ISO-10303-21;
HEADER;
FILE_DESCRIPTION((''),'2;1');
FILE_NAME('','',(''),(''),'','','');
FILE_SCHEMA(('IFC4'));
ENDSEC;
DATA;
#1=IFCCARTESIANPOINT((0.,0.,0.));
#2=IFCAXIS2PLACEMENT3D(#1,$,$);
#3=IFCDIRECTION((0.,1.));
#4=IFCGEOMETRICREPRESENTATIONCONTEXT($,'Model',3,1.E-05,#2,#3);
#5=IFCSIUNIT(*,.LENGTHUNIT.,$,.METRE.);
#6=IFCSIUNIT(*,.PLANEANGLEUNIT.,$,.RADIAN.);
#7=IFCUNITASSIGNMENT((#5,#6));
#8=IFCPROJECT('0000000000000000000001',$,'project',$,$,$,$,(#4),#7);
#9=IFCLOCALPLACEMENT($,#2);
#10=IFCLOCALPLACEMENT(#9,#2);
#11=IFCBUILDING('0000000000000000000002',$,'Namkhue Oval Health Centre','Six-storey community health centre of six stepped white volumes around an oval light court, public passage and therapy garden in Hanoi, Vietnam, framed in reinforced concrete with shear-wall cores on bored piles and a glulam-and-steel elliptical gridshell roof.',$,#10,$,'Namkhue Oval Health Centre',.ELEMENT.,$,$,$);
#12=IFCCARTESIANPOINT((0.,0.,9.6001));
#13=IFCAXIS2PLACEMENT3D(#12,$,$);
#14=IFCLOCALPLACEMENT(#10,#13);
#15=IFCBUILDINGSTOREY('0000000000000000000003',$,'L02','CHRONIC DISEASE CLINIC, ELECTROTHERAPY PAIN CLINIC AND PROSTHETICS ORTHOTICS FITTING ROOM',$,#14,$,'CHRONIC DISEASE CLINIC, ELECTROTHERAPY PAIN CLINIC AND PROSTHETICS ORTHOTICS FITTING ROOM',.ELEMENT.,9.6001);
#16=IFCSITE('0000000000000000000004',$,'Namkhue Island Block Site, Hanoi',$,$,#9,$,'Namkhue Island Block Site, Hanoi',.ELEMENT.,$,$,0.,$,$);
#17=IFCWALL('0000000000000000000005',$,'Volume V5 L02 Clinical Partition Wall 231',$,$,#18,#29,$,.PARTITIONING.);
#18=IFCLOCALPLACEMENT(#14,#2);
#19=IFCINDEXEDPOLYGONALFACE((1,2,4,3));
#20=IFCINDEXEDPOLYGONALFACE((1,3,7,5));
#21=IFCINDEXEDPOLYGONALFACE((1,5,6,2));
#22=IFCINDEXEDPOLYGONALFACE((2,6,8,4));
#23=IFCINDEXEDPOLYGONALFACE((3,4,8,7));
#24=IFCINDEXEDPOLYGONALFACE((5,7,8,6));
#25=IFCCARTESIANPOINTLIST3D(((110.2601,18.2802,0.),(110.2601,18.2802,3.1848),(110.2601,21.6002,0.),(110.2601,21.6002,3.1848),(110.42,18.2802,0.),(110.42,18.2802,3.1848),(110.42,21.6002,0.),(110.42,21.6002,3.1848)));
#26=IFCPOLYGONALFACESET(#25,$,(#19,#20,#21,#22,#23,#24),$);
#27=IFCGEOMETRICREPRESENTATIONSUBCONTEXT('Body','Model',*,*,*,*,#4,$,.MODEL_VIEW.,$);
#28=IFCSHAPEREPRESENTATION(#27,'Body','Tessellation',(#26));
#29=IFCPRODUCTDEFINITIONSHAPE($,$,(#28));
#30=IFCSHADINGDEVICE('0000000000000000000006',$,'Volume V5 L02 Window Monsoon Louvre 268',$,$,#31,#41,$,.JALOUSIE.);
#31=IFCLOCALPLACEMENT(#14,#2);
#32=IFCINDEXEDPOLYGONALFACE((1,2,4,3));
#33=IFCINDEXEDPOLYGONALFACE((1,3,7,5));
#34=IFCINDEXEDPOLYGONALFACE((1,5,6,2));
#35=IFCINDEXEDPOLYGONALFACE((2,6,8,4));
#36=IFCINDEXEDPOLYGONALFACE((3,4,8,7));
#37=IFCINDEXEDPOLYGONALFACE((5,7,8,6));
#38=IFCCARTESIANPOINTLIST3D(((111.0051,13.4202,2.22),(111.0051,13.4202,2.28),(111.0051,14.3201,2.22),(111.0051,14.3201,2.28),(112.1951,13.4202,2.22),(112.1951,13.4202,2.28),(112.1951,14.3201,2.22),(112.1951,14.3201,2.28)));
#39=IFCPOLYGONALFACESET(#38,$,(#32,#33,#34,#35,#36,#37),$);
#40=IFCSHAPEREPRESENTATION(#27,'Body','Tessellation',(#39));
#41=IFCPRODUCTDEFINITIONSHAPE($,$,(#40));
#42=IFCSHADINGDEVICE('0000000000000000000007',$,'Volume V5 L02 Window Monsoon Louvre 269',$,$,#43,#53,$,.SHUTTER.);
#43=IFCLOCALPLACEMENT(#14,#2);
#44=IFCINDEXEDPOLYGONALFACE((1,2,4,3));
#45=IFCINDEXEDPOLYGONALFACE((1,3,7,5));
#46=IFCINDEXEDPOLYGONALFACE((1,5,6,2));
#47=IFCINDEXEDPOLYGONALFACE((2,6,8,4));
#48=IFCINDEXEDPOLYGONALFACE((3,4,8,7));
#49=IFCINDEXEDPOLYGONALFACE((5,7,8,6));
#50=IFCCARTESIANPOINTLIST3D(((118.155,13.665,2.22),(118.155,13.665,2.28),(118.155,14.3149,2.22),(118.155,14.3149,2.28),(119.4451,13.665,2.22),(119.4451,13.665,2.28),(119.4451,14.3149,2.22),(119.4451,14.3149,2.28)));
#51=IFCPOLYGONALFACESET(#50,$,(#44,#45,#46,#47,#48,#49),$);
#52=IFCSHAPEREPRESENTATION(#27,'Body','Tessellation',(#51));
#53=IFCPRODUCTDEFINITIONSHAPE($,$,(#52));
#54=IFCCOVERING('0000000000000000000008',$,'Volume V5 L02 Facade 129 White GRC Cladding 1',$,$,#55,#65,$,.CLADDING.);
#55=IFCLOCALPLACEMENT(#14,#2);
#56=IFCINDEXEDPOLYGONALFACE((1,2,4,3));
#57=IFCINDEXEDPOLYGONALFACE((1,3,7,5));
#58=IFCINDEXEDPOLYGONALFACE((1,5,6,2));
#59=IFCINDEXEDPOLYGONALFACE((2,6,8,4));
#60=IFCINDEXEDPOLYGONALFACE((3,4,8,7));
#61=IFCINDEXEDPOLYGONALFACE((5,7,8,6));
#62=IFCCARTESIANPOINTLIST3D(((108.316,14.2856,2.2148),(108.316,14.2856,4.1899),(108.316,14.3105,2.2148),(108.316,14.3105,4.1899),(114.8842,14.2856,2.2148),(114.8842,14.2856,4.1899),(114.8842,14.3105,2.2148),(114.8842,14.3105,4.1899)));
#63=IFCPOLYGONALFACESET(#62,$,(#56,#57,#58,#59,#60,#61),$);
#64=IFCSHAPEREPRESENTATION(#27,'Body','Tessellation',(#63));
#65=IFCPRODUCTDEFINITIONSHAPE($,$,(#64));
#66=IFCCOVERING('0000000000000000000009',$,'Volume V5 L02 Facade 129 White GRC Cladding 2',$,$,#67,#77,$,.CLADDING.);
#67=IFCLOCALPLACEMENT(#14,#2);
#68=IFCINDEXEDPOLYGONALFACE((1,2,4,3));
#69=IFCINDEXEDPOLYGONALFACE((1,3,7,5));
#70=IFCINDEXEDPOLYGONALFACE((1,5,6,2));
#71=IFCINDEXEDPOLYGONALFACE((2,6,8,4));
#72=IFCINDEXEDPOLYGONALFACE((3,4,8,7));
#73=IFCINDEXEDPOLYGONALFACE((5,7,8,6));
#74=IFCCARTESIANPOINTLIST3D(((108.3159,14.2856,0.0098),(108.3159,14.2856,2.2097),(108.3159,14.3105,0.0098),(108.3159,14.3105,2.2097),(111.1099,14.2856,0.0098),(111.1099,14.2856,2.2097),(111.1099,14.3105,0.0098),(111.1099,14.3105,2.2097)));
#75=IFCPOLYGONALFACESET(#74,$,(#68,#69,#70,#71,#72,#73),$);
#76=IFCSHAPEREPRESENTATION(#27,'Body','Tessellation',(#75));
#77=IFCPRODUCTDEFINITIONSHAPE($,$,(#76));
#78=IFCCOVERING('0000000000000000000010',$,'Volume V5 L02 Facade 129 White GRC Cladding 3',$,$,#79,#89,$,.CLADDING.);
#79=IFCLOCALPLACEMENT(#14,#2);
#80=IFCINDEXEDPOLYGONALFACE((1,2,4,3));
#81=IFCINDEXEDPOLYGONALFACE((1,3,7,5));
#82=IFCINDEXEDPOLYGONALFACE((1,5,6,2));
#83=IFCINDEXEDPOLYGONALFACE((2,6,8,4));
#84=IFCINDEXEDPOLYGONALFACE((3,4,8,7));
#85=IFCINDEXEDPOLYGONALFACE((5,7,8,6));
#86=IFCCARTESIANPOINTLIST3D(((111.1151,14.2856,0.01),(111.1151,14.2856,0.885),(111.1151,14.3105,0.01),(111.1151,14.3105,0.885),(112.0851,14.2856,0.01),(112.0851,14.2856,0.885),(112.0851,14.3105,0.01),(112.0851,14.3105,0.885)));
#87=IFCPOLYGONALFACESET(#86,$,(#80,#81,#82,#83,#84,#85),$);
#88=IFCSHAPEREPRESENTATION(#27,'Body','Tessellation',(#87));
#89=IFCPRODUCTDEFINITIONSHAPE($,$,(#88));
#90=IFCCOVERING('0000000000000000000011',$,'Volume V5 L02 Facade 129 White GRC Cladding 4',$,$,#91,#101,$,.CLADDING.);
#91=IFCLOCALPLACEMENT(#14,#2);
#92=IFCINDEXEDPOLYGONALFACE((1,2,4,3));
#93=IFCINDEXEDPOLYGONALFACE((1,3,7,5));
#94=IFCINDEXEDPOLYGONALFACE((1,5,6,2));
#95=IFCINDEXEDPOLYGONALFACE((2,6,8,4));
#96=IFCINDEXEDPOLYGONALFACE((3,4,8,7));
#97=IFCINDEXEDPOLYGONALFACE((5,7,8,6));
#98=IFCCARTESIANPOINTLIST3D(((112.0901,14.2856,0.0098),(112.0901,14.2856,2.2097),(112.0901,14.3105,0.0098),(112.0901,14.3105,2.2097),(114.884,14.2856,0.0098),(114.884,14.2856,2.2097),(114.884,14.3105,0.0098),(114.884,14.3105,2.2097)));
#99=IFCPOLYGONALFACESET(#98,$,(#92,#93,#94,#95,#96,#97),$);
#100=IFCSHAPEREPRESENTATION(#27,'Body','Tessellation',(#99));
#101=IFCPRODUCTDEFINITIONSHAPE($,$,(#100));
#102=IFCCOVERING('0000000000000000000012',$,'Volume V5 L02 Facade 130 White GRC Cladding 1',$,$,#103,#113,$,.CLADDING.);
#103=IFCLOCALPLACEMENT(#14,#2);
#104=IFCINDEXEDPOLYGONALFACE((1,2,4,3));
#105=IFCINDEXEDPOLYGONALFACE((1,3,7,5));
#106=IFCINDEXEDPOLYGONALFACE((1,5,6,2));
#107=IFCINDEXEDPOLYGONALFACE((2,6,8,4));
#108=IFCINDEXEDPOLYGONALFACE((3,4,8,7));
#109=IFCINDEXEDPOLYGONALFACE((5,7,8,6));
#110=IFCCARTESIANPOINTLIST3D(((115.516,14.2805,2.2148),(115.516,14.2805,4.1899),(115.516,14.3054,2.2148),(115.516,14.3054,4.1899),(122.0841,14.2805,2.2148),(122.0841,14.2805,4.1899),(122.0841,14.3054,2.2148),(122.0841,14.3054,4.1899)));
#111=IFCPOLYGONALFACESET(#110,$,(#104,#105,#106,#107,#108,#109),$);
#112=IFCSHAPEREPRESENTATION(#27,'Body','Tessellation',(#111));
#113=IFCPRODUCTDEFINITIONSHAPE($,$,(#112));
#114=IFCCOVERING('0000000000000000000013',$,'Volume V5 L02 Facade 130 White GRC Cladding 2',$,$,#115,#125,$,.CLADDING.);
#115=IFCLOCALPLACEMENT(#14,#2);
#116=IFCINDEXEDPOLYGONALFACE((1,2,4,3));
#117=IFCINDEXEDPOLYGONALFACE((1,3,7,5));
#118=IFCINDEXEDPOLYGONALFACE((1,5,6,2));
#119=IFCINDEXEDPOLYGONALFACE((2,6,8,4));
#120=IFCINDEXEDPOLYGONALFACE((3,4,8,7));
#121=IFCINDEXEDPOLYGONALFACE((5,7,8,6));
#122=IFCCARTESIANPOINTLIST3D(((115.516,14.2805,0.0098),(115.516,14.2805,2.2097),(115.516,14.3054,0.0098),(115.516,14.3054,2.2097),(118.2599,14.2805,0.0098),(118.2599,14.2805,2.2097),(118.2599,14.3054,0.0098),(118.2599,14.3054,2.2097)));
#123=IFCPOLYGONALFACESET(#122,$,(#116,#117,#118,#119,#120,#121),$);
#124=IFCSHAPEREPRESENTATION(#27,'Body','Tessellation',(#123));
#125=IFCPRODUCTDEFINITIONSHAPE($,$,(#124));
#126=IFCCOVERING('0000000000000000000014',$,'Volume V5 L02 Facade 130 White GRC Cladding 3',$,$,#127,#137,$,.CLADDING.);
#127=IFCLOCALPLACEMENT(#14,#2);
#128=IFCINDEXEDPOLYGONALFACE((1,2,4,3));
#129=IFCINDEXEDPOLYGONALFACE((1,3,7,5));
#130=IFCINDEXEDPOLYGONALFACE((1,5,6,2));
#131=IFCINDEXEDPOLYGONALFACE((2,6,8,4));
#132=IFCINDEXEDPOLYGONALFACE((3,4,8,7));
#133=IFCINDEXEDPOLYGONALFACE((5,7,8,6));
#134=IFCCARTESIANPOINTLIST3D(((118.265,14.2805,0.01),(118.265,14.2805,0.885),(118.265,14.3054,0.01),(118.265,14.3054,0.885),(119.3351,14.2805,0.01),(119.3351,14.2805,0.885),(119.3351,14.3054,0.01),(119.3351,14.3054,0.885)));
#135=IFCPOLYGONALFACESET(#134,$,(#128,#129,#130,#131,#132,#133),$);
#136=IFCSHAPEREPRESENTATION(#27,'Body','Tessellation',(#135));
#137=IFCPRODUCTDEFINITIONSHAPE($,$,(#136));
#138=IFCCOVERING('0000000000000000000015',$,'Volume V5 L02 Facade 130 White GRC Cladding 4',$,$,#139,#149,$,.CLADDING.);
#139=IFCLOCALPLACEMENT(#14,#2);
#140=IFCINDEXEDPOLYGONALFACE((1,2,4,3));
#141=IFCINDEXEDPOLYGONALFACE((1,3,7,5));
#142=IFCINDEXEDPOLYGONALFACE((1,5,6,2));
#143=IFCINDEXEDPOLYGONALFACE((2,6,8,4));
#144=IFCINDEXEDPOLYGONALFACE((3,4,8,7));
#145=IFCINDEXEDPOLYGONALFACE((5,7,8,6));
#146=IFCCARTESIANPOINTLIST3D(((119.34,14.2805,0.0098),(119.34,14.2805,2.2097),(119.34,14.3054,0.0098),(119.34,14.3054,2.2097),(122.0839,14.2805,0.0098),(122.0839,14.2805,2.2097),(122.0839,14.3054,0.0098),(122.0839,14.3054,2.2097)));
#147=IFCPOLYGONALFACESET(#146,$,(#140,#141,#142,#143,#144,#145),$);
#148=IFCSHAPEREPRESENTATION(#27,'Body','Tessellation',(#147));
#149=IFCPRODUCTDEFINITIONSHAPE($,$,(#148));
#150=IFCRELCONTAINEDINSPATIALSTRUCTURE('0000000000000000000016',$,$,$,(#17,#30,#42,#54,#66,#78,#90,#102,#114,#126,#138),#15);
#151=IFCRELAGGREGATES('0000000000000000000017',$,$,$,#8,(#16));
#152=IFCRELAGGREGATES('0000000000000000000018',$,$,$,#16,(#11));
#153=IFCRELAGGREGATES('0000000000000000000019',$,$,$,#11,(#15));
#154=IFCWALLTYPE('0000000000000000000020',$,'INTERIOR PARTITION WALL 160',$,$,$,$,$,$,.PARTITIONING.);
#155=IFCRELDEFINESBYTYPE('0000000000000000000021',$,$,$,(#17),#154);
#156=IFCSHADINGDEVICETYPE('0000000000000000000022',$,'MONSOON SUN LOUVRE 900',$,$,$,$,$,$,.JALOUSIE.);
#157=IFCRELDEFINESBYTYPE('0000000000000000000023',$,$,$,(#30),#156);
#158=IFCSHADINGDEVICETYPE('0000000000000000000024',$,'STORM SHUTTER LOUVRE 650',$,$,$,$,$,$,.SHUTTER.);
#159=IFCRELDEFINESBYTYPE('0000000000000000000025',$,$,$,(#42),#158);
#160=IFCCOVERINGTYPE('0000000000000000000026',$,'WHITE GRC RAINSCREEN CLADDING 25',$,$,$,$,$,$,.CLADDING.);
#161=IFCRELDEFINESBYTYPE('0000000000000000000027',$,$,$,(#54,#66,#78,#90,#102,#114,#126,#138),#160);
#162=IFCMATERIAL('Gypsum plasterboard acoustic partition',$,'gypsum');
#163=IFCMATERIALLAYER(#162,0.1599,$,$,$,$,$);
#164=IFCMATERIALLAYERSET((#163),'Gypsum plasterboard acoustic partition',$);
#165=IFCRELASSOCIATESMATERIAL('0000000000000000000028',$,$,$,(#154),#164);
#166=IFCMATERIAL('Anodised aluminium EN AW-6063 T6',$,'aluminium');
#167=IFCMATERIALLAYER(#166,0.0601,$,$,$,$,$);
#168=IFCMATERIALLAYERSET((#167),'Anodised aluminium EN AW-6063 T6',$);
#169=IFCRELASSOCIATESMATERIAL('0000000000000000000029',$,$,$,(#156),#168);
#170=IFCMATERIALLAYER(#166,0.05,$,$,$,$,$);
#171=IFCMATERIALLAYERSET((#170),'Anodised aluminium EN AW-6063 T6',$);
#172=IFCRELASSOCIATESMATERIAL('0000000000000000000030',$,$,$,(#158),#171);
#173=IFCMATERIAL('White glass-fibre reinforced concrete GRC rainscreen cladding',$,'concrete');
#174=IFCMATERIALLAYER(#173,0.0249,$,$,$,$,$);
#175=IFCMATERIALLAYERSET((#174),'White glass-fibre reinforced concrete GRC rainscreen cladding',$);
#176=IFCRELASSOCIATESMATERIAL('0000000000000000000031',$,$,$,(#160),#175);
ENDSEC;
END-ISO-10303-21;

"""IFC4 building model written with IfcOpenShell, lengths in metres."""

from ifc_helpers import new_model, si_unit, direction, frame, frame_2d, origin, origin_2d, place, context, subcontext, project, spatial, rectangle, extrude, material, layer, layer_set, type_object, element, save


model = new_model("IFC4")

# Units and contexts
model_context = context("Model", 3, precision=1e-05, world=origin(), true_north=direction((0.0, 1.0)))
body_context = subcontext(model_context, "Body", "Model", "MODEL_VIEW")
ifc_project = project(units=[si_unit("LENGTHUNIT", "METRE"), si_unit("PLANEANGLEUNIT", "RADIAN")], contexts=[model_context])

# Site, building, storey
site_placement = place(None, origin())
site = spatial("IfcSite", under=ifc_project, at=site_placement, Name="Namkhue Island Block Site, Hanoi", LongName="Namkhue Island Block Site, Hanoi", CompositionType="ELEMENT", RefElevation=0.0)
building_placement = place(site_placement, origin())
building = spatial("IfcBuilding", under=site, at=building_placement, Name="Namkhue Oval Health Centre", Description="Six-storey community health centre of six stepped white volumes around an oval light court, public passage and therapy garden in Hanoi, Vietnam, framed in reinforced concrete with shear-wall cores on bored piles and a glulam-and-steel elliptical gridshell roof.", LongName="Namkhue Oval Health Centre", CompositionType="ELEMENT")
storey_placement = place(building_placement, frame((0.0, 0.0, 9.6001)))
storey = spatial("IfcBuildingStorey", under=building, at=storey_placement, Name="L02", Description="CHRONIC DISEASE CLINIC, ELECTROTHERAPY PAIN CLINIC AND PROSTHETICS ORTHOTICS FITTING ROOM", LongName="CHRONIC DISEASE CLINIC, ELECTROTHERAPY PAIN CLINIC AND PROSTHETICS ORTHOTICS FITTING ROOM", CompositionType="ELEMENT", Elevation=9.6001)

# Wall
ifc_material_1 = material(Name="Gypsum plasterboard acoustic partition", Category="gypsum")
ifc_layer_1 = layer(ifc_material_1, 0.1599)
ifc_layer_set_1 = layer_set([ifc_layer_1], Name="Gypsum plasterboard acoustic partition")
wall_type_1 = type_object("IfcWallType", Name="INTERIOR PARTITION WALL 160", PredefinedType="PARTITIONING", material=ifc_layer_set_1)
wall_1_placement = place(storey_placement, frame((110.3401, 18.28, 0.0), z_axis=(0.0, 0.0, 1.0), x_axis=(0.0, 1.0, 0.0)))
element("IfcWall", 1, at=wall_1_placement, inside=storey, type_object=wall_type_1, Name="Volume V5 L02 Clinical Partition Wall 231", PredefinedType="PARTITIONING", context=body_context, shape_type="SweptSolid", body=[
    extrude(rectangle(XDim=3.3201, YDim=0.1599, at=frame_2d((1.6602, 0.0))), origin(), (0.0, 0.0, 1.0), 3.1848),
])

# Shading devices
ifc_material_2 = material(Name="Anodised aluminium EN AW-6063 T6", Category="aluminium")
ifc_layer_2 = layer(ifc_material_2, 0.0601)
ifc_layer_set_2 = layer_set([ifc_layer_2], Name="Anodised aluminium EN AW-6063 T6")
shading_device_type_1 = type_object("IfcShadingDeviceType", Name="MONSOON SUN LOUVRE 900", PredefinedType="JALOUSIE", material=ifc_layer_set_2)
shading_device_1_placement = place(storey_placement, frame((111.6001, 13.8701, 2.22), z_axis=(0.0, 0.0, 1.0), x_axis=(1.0, 0.0, 0.0)))
element("IfcShadingDevice", 2, at=shading_device_1_placement, inside=storey, type_object=shading_device_type_1, Name="Volume V5 L02 Window Monsoon Louvre 268", PredefinedType="JALOUSIE", context=body_context, shape_type="SweptSolid", body=[
    extrude(rectangle(XDim=1.1899, YDim=0.8999, at=origin_2d()), origin(), (0.0, 0.0, 1.0), 0.0601),
])
ifc_layer_3 = layer(ifc_material_2, 0.05)
ifc_layer_set_3 = layer_set([ifc_layer_3], Name="Anodised aluminium EN AW-6063 T6")
shading_device_type_2 = type_object("IfcShadingDeviceType", Name="STORM SHUTTER LOUVRE 650", PredefinedType="SHUTTER", material=ifc_layer_set_3)
shading_device_2_placement = place(storey_placement, frame((118.8, 13.99, 2.22), z_axis=(0.0, 0.0, 1.0), x_axis=(1.0, 0.0, 0.0)))
element("IfcShadingDevice", 3, at=shading_device_2_placement, inside=storey, type_object=shading_device_type_2, Name="Volume V5 L02 Window Monsoon Louvre 269", PredefinedType="SHUTTER", context=body_context, shape_type="SweptSolid", body=[
    extrude(rectangle(XDim=1.29, YDim=0.6499, at=origin_2d()), origin(), (0.0, 0.0, 1.0), 0.0601),
])

# Coverings
ifc_material_3 = material(Name="White glass-fibre reinforced concrete GRC rainscreen cladding", Category="concrete")
ifc_layer_4 = layer(ifc_material_3, 0.0249)
ifc_layer_set_4 = layer_set([ifc_layer_4], Name="White glass-fibre reinforced concrete GRC rainscreen cladding")
covering_type = type_object("IfcCoveringType", Name="WHITE GRC RAINSCREEN CLADDING 25", PredefinedType="CLADDING", material=ifc_layer_set_4)
covering_1_placement = place(storey_placement, frame((111.6001, 14.2981, 2.2148), z_axis=(0.0, 0.0, 1.0), x_axis=(1.0, 0.0, 0.0)))
element("IfcCovering", 4, at=covering_1_placement, inside=storey, type_object=covering_type, Name="Volume V5 L02 Facade 129 White GRC Cladding 1", PredefinedType="CLADDING", context=body_context, shape_type="SweptSolid", body=[
    extrude(rectangle(XDim=6.5681, YDim=0.0249, at=origin_2d()), origin(), (0.0, 0.0, 1.0), 1.9751),
])
covering_2_placement = place(storey_placement, frame((109.7129, 14.2981, 0.0098), z_axis=(0.0, 0.0, 1.0), x_axis=(1.0, 0.0, 0.0)))
element("IfcCovering", 5, at=covering_2_placement, inside=storey, type_object=covering_type, Name="Volume V5 L02 Facade 129 White GRC Cladding 2", PredefinedType="CLADDING", context=body_context, shape_type="SweptSolid", body=[
    extrude(rectangle(XDim=2.7939, YDim=0.0249, at=origin_2d()), origin(), (0.0, 0.0, 1.0), 2.2),
])
covering_3_placement = place(storey_placement, frame((111.6001, 14.2981, 0.01), z_axis=(0.0, 0.0, 1.0), x_axis=(1.0, 0.0, 0.0)))
element("IfcCovering", 6, at=covering_3_placement, inside=storey, type_object=covering_type, Name="Volume V5 L02 Facade 129 White GRC Cladding 3", PredefinedType="CLADDING", context=body_context, shape_type="SweptSolid", body=[
    extrude(rectangle(XDim=0.97, YDim=0.0249, at=origin_2d()), origin(), (0.0, 0.0, 1.0), 0.875),
])
covering_4_placement = place(storey_placement, frame((113.4871, 14.2981, 0.0098), z_axis=(0.0, 0.0, 1.0), x_axis=(1.0, 0.0, 0.0)))
element("IfcCovering", 7, at=covering_4_placement, inside=storey, type_object=covering_type, Name="Volume V5 L02 Facade 129 White GRC Cladding 4", PredefinedType="CLADDING", context=body_context, shape_type="SweptSolid", body=[
    extrude(rectangle(XDim=2.7939, YDim=0.0249, at=origin_2d()), origin(), (0.0, 0.0, 1.0), 2.2),
])
covering_5_placement = place(storey_placement, frame((118.8, 14.293, 2.2148), z_axis=(0.0, 0.0, 1.0), x_axis=(1.0, 0.0, 0.0)))
element("IfcCovering", 8, at=covering_5_placement, inside=storey, type_object=covering_type, Name="Volume V5 L02 Facade 130 White GRC Cladding 1", PredefinedType="CLADDING", context=body_context, shape_type="SweptSolid", body=[
    extrude(rectangle(XDim=6.5681, YDim=0.0249, at=origin_2d()), origin(), (0.0, 0.0, 1.0), 1.9751),
])
covering_6_placement = place(storey_placement, frame((116.8879, 14.293, 0.0098), z_axis=(0.0, 0.0, 1.0), x_axis=(1.0, 0.0, 0.0)))
element("IfcCovering", 9, at=covering_6_placement, inside=storey, type_object=covering_type, Name="Volume V5 L02 Facade 130 White GRC Cladding 2", PredefinedType="CLADDING", context=body_context, shape_type="SweptSolid", body=[
    extrude(rectangle(XDim=2.7439, YDim=0.0249, at=origin_2d()), origin(), (0.0, 0.0, 1.0), 2.2),
])
covering_7_placement = place(storey_placement, frame((118.8, 14.293, 0.01), z_axis=(0.0, 0.0, 1.0), x_axis=(1.0, 0.0, 0.0)))
element("IfcCovering", 10, at=covering_7_placement, inside=storey, type_object=covering_type, Name="Volume V5 L02 Facade 130 White GRC Cladding 3", PredefinedType="CLADDING", context=body_context, shape_type="SweptSolid", body=[
    extrude(rectangle(XDim=1.0701, YDim=0.0249, at=origin_2d()), origin(), (0.0, 0.0, 1.0), 0.875),
])
covering_8_placement = place(storey_placement, frame((120.7119, 14.293, 0.0098), z_axis=(0.0, 0.0, 1.0), x_axis=(1.0, 0.0, 0.0)))
element("IfcCovering", 11, at=covering_8_placement, inside=storey, type_object=covering_type, Name="Volume V5 L02 Facade 130 White GRC Cladding 4", PredefinedType="CLADDING", context=body_context, shape_type="SweptSolid", body=[
    extrude(rectangle(XDim=2.7439, YDim=0.0249, at=origin_2d()), origin(), (0.0, 0.0, 1.0), 2.2),
])

save(model, "model.ifc")
